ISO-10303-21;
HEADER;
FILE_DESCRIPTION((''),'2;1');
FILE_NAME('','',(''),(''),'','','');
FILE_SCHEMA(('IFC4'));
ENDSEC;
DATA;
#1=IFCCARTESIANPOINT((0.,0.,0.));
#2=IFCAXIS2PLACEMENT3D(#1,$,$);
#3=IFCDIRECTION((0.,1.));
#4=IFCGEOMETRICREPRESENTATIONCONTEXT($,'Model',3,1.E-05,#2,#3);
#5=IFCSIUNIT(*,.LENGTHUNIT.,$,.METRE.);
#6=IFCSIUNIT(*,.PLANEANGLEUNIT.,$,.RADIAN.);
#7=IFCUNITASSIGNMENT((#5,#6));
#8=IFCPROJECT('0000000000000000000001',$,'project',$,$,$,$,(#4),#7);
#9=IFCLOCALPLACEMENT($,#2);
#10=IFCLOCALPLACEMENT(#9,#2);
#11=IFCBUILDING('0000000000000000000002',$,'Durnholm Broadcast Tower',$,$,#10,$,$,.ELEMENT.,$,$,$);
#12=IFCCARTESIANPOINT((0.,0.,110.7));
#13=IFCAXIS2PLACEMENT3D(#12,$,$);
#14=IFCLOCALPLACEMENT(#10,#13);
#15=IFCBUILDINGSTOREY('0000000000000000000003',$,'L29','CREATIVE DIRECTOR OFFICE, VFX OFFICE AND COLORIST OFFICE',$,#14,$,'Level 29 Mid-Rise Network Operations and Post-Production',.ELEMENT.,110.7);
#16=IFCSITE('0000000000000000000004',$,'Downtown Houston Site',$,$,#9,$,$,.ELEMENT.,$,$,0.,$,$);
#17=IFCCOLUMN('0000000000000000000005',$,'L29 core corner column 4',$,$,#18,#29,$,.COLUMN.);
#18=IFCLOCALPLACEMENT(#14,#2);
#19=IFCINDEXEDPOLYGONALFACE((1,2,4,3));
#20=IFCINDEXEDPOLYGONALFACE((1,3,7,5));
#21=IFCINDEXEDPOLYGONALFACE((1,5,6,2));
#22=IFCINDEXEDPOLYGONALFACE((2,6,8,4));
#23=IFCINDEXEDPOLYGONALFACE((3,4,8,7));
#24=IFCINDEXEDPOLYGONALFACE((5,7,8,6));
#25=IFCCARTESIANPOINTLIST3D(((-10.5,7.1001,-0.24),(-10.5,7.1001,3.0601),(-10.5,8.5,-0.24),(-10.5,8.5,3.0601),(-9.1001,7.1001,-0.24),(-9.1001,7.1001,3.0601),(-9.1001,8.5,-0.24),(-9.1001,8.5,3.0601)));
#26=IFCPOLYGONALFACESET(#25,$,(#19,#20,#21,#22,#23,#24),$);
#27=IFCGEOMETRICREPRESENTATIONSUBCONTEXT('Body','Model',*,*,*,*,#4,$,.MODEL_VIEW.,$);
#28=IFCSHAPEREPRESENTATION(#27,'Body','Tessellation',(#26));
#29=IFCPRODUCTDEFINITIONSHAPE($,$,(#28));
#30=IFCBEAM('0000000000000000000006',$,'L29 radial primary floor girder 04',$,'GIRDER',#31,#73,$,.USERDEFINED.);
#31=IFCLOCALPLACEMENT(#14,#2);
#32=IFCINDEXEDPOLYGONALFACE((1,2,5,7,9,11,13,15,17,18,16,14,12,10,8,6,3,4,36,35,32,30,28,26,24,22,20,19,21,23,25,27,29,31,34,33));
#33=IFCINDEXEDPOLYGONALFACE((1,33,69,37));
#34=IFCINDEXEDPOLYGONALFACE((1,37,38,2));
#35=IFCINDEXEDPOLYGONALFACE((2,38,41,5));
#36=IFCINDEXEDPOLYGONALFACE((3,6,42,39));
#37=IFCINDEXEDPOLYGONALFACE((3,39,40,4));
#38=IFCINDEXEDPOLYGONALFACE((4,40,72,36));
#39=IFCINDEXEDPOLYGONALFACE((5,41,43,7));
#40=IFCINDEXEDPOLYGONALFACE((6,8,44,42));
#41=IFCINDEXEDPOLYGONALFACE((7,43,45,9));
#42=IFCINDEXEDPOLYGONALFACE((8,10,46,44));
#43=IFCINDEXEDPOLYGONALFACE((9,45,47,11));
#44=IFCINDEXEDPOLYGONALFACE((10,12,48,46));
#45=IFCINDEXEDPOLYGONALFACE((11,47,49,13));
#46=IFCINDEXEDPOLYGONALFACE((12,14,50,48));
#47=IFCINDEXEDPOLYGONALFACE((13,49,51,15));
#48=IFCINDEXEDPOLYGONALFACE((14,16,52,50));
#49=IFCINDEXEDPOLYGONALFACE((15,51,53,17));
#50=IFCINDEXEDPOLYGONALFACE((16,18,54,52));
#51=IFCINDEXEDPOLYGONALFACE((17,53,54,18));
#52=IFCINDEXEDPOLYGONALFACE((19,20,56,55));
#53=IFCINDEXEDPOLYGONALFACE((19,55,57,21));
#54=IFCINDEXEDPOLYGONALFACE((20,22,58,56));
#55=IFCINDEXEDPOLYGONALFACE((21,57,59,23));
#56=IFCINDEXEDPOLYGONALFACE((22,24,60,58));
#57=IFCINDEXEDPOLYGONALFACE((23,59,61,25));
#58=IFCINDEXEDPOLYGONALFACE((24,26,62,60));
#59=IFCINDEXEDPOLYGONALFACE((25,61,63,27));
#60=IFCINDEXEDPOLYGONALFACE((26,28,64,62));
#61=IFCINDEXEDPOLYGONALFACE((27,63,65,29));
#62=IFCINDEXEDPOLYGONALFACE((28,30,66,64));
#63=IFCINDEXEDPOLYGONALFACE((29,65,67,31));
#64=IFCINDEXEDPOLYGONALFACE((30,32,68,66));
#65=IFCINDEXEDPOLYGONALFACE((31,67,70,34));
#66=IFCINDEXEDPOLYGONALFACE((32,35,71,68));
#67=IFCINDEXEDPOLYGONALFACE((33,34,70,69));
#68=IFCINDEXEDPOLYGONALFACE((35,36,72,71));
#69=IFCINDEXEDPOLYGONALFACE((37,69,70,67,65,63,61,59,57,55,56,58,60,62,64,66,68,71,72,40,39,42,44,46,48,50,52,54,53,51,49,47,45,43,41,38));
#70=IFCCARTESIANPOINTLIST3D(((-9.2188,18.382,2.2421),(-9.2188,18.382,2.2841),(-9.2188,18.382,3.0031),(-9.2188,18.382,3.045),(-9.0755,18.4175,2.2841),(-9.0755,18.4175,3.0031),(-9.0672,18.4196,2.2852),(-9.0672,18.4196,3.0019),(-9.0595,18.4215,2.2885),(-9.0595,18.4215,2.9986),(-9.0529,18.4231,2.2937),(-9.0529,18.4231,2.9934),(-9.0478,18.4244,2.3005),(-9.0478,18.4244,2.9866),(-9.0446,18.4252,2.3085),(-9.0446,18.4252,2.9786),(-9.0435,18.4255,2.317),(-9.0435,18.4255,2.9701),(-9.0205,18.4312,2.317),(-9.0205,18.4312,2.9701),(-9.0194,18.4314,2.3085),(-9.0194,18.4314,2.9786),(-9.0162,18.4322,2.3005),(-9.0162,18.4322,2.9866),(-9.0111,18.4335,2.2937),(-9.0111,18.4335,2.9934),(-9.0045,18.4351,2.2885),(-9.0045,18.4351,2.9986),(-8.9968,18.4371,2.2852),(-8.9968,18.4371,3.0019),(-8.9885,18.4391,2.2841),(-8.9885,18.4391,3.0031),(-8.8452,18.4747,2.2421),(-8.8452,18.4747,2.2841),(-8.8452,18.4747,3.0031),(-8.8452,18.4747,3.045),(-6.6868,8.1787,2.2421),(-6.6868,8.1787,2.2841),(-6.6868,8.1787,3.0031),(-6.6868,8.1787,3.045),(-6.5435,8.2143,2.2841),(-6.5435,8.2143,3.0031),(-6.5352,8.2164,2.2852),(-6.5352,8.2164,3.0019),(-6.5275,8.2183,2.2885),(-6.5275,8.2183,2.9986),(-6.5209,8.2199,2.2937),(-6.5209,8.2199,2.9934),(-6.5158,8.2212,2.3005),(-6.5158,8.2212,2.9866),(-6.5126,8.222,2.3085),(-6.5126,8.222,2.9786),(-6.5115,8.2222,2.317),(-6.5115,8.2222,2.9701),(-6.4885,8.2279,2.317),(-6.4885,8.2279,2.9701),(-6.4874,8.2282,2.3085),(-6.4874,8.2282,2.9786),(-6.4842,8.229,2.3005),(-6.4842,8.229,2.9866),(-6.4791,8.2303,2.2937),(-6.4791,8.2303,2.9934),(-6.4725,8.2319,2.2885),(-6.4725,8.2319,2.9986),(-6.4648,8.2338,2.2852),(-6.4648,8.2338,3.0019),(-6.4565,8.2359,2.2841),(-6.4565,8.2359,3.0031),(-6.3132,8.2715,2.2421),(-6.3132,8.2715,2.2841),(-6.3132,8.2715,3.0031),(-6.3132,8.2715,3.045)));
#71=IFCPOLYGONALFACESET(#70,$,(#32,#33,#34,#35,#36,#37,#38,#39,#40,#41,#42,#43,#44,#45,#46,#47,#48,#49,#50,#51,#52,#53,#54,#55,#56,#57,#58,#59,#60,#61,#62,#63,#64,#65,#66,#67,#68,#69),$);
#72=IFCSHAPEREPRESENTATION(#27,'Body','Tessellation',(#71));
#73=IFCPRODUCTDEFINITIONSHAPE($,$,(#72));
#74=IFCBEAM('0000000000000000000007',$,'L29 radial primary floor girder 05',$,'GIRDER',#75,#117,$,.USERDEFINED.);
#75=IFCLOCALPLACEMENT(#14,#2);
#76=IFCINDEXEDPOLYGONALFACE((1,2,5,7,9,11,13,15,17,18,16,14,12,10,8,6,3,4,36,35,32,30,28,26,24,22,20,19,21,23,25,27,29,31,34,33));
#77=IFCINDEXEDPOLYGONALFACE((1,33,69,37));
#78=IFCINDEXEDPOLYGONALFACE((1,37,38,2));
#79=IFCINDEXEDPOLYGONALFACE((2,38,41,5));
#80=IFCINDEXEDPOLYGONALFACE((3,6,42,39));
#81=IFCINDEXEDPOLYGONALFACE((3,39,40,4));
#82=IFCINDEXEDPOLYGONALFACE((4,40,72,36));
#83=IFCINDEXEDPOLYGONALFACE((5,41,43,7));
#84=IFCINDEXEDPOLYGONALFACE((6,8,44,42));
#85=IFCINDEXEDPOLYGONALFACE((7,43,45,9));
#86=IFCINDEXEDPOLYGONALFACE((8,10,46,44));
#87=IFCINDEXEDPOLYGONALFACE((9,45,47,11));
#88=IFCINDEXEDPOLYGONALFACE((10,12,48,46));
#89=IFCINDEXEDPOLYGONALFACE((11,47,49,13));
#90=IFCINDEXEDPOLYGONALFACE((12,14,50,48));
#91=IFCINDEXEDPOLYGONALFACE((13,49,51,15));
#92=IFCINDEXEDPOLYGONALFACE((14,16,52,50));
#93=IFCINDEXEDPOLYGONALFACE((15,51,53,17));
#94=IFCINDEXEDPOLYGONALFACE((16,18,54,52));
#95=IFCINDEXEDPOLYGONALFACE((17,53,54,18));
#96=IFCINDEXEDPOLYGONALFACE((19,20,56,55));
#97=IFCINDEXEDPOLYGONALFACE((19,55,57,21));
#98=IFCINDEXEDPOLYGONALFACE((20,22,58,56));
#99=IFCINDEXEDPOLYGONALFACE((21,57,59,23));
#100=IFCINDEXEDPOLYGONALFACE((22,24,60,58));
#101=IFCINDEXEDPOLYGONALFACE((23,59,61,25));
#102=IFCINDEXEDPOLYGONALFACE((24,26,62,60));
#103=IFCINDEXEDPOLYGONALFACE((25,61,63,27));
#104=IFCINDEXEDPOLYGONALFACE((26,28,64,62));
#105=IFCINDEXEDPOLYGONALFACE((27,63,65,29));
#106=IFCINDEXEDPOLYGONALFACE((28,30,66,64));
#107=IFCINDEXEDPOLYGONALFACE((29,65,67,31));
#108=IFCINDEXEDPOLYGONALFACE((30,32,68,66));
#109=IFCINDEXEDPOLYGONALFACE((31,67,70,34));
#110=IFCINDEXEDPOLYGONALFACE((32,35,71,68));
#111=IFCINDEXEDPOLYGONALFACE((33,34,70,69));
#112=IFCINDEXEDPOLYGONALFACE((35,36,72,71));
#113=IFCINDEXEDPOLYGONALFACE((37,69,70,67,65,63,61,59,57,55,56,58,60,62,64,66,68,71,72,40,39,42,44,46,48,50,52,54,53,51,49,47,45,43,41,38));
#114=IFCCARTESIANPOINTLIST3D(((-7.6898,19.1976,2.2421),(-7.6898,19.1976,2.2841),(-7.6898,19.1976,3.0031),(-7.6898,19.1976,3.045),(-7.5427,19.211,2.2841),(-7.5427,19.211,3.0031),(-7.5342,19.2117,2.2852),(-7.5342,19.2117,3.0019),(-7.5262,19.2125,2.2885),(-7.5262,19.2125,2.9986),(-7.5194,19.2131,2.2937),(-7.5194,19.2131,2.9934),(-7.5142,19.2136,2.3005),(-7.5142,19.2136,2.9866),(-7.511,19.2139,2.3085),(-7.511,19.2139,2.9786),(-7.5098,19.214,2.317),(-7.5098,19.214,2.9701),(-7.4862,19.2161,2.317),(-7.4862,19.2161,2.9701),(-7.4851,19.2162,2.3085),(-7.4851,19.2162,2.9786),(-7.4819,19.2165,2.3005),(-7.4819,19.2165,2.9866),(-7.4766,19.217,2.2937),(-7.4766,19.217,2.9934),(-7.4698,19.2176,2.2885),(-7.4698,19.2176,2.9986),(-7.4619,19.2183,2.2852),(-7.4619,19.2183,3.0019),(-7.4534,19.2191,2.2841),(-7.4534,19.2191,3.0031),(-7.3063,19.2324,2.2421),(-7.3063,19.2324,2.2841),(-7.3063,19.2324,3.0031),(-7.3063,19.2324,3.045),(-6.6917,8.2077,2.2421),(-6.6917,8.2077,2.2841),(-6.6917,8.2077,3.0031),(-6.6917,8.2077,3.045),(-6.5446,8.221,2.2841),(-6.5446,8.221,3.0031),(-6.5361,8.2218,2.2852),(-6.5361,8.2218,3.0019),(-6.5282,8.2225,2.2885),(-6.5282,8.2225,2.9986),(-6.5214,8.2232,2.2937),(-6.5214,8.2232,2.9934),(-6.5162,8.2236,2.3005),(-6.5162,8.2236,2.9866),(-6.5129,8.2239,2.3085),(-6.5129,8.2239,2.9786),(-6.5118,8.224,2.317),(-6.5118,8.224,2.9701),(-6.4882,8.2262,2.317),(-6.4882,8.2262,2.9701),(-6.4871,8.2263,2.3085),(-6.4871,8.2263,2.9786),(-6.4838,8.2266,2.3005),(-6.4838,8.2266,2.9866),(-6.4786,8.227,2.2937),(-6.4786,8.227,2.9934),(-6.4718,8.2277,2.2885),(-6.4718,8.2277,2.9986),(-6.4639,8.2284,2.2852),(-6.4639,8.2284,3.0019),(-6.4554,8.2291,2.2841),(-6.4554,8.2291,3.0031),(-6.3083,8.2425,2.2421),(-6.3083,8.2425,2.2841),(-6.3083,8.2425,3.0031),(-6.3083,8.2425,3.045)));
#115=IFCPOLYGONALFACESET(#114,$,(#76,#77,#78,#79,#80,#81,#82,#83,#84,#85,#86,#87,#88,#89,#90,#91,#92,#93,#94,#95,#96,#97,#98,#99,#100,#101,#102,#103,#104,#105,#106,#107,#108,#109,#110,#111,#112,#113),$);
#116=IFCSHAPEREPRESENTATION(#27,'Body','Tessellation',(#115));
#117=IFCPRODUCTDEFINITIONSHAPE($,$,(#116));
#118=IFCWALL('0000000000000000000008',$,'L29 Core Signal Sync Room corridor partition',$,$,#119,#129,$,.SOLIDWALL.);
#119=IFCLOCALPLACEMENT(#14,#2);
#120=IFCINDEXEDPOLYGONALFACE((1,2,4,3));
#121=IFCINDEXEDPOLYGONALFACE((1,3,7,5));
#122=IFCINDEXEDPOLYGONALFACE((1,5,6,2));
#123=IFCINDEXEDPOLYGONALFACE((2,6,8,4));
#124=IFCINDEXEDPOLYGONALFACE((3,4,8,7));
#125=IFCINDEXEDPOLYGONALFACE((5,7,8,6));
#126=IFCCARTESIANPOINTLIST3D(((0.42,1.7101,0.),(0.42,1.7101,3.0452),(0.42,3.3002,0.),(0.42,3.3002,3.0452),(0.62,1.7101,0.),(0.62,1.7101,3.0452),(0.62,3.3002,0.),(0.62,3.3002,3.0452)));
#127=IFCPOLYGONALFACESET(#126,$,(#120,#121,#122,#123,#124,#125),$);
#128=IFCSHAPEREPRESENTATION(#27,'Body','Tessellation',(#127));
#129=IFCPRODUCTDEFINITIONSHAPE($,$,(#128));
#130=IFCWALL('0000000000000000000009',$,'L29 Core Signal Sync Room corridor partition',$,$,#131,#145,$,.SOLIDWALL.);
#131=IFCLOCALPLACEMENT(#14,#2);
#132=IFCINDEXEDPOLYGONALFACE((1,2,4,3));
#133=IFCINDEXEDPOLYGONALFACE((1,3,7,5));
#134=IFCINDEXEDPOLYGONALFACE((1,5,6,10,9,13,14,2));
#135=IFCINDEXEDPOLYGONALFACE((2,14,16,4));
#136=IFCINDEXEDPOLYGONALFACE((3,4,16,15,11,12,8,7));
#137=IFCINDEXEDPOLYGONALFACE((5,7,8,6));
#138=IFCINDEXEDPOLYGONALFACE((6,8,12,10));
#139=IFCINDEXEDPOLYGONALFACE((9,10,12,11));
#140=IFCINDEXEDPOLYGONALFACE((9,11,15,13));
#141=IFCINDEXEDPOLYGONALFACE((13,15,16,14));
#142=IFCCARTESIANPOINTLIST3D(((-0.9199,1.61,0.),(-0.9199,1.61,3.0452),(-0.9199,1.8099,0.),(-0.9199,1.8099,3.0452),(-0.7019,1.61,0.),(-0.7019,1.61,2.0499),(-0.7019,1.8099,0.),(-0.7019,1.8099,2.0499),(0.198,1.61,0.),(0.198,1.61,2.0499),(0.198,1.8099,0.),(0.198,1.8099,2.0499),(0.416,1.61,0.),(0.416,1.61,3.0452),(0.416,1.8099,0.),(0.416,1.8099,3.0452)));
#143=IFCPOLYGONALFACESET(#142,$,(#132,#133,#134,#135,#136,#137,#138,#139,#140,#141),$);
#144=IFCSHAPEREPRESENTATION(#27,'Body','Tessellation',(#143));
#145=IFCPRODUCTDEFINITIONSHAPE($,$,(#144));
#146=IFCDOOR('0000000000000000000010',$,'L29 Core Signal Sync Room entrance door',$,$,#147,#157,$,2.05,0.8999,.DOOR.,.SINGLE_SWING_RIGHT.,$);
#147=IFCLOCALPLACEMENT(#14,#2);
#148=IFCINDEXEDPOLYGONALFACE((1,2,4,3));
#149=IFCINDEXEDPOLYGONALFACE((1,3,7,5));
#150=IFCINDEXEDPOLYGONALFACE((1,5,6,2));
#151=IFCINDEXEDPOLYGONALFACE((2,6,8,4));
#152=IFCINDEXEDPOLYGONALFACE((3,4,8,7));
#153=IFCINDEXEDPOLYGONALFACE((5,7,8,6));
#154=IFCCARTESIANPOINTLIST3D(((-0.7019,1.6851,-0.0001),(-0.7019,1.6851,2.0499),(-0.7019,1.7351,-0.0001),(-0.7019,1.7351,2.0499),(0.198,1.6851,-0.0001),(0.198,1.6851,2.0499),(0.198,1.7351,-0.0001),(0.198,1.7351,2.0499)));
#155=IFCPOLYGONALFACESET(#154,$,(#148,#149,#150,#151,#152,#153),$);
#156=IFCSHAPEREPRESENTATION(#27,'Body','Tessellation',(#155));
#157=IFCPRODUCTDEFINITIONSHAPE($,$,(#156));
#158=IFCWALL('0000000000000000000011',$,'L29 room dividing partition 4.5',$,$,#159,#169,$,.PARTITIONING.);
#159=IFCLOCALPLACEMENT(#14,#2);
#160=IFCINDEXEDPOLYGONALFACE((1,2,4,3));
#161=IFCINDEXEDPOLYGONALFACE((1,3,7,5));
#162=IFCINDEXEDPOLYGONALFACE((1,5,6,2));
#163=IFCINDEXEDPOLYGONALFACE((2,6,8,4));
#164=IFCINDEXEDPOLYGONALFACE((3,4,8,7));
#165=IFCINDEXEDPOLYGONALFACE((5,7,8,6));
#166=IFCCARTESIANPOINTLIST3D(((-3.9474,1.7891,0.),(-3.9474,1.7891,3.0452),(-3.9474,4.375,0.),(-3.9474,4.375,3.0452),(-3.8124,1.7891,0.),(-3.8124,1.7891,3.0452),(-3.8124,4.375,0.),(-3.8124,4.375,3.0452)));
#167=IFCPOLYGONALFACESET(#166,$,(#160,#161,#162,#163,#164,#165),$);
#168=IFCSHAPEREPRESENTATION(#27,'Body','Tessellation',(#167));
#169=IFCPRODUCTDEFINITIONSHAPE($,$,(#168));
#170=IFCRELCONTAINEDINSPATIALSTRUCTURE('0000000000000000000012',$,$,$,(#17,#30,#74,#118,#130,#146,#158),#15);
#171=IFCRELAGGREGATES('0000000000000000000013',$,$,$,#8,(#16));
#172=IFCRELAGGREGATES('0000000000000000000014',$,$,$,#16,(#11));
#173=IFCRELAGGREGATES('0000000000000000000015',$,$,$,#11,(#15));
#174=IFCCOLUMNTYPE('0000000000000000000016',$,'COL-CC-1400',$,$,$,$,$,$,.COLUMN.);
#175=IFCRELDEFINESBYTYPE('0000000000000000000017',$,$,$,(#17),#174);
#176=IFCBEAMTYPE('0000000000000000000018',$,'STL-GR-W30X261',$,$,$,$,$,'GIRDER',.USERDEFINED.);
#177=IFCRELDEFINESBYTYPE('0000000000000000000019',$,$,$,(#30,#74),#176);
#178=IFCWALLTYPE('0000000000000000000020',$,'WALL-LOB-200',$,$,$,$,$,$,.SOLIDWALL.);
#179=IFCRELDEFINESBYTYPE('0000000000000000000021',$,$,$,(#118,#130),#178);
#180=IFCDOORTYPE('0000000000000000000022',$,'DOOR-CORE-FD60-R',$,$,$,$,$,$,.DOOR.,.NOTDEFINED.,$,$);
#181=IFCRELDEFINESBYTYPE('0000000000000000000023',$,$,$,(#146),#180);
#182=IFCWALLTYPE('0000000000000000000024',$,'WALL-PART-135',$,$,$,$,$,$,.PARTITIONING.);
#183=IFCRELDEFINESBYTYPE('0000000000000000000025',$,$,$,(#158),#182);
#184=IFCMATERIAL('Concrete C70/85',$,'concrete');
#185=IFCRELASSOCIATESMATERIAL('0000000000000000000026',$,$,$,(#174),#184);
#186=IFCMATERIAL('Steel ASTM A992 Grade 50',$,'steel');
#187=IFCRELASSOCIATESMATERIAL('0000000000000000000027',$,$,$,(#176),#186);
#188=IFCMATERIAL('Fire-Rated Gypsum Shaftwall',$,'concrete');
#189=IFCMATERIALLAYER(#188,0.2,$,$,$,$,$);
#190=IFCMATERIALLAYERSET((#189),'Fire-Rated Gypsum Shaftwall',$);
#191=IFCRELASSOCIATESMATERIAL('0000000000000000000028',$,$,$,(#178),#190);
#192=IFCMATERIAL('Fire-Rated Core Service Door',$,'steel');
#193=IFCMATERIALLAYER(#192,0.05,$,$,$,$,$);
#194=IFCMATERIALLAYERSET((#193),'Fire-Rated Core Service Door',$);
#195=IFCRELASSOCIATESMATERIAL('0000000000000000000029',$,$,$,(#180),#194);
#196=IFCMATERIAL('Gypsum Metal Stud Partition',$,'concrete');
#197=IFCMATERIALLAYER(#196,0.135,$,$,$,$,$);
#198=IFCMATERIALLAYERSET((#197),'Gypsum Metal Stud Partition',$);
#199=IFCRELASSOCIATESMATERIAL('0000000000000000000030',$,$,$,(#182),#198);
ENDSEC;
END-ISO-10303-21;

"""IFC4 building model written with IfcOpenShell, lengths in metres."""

from ifc_helpers import new_model, si_unit, direction, frame, frame_2d, origin, origin_2d, place, context, subcontext, project, spatial, rectangle, i_section, extrude, source, transform, mapped, material, layer, layer_set, material_profile, profile_set, type_object, type_shapes, element, fill, save


model = new_model("IFC4")

# Units and contexts
model_context = context("Model", 3, precision=1e-05, world=origin(), true_north=direction((0.0, 1.0)))
body_context = subcontext(model_context, "Body", "Model", "MODEL_VIEW")
ifc_project = project(units=[si_unit("LENGTHUNIT", "METRE"), si_unit("PLANEANGLEUNIT", "RADIAN")], contexts=[model_context])

# Site, building, storey
site_placement = place(None, origin())
site = spatial("IfcSite", under=ifc_project, at=site_placement, Name="Downtown Houston Site", CompositionType="ELEMENT", RefElevation=0.0)
building_placement = place(site_placement, origin())
building = spatial("IfcBuilding", under=site, at=building_placement, Name="Durnholm Broadcast Tower", CompositionType="ELEMENT")
storey_placement = place(building_placement, frame((0.0, 0.0, 110.7)))
storey = spatial("IfcBuildingStorey", under=building, at=storey_placement, Name="L29", Description="CREATIVE DIRECTOR OFFICE, VFX OFFICE AND COLORIST OFFICE", LongName="Level 29 Mid-Rise Network Operations and Post-Production", CompositionType="ELEMENT", Elevation=110.7)

# Column
ifc_material_1 = material(Name="Concrete C70/85", Category="concrete")
ifc_material_profile_1 = material_profile(ifc_material_1, rectangle(XDim=1.3999, YDim=1.3999, at=origin_2d()), Name="RC1400X1400")
ifc_profile_set_1 = profile_set([ifc_material_profile_1], Name="Concrete C70/85")
column_type = type_object("IfcColumnType", Name="COL-CC-1400", PredefinedType="COLUMN", material=ifc_profile_set_1)
shared_shape_1 = source(origin(), body_context, "Body", "SweptSolid", [
    extrude(rectangle(XDim=1.3999, YDim=1.3999, at=origin_2d()), origin(), (0.0, 0.0, 1.0), 3.3),
])
type_shapes(column_type, [shared_shape_1])
column_placement = place(storey_placement, frame((-9.8, 7.8, -0.24), z_axis=(0.0, 0.0, 1.0), x_axis=(1.0, 0.0, 0.0)))
element("IfcColumn", 1, at=column_placement, inside=storey, type_object=column_type, Name="L29 core corner column 4", PredefinedType="COLUMN", context=body_context, shape_type="MappedRepresentation", body=[
    mapped(shared_shape_1, transform((0.0, 0.0, 0.0), x_axis=(1.0, 0.0, 0.0), y_axis=(0.0, 1.0, 0.0), z_axis=(0.0, 0.0, 1.0), scale=1.0)),
])

# Beams
ifc_material_2 = material(Name="Steel ASTM A992 Grade 50", Category="steel")
ifc_material_profile_2 = material_profile(ifc_material_2, i_section(OverallWidth=0.385, OverallDepth=0.803, WebThickness=0.0237, FlangeThickness=0.042, FilletRadius=0.033, at=origin_2d()), Name="W30X261")
ifc_profile_set_2 = profile_set([ifc_material_profile_2], Name="Steel ASTM A992 Grade 50")
beam_type = type_object("IfcBeamType", Name="STL-GR-W30X261", ElementType="GIRDER", PredefinedType="USERDEFINED", material=ifc_profile_set_2)
shared_shape_2 = source(origin(), body_context, "Body", "SweptSolid", [
    extrude(i_section(OverallWidth=0.385, OverallDepth=0.803, WebThickness=0.0237, FlangeThickness=0.042, FilletRadius=0.033, at=origin_2d()), origin(), (0.0, 0.0, 1.0), 10.5127),
])
beam_1_placement = place(storey_placement, frame((-6.5, 8.2251, 2.6436), z_axis=(-0.240852, 0.970562, 0.0), x_axis=(-0.970562, -0.240852, 0.0)))
element("IfcBeam", 2, at=beam_1_placement, inside=storey, type_object=beam_type, Name="L29 radial primary floor girder 04", ObjectType="GIRDER", PredefinedType="USERDEFINED", context=body_context, shape_type="MappedRepresentation", body=[
    mapped(shared_shape_2, transform((0.0, 0.0, 0.0), x_axis=(1.0, 0.0, 0.0), y_axis=(0.0, 1.0, 0.0), z_axis=(0.0, 0.0, 1.0), scale=1.0)),
])
shared_shape_3 = source(origin(), body_context, "Body", "SweptSolid", [
    extrude(i_section(OverallWidth=0.385, OverallDepth=0.803, WebThickness=0.0237, FlangeThickness=0.042, FilletRadius=0.033, at=origin_2d()), origin(), (0.0, 0.0, 1.0), 11.0352),
])
type_shapes(beam_type, [shared_shape_2, shared_shape_3])
beam_2_placement = place(storey_placement, frame((-6.5, 8.2251, 2.6436), z_axis=(-0.090442, 0.995902, 0.0), x_axis=(-0.995902, -0.090442, 0.0)))
element("IfcBeam", 3, at=beam_2_placement, inside=storey, type_object=beam_type, Name="L29 radial primary floor girder 05", ObjectType="GIRDER", PredefinedType="USERDEFINED", context=body_context, shape_type="MappedRepresentation", body=[
    mapped(shared_shape_3, transform((0.0, 0.0, 0.0), x_axis=(1.0, 0.0, 0.0), y_axis=(0.0, 1.0, 0.0), z_axis=(0.0, 0.0, 1.0), scale=1.0)),
])

# Wall
ifc_material_3 = material(Name="Fire-Rated Gypsum Shaftwall", Category="concrete")
ifc_layer_1 = layer(ifc_material_3, 0.2)
ifc_layer_set_1 = layer_set([ifc_layer_1], Name="Fire-Rated Gypsum Shaftwall")
wall_type_1 = type_object("IfcWallType", Name="WALL-LOB-200", PredefinedType="SOLIDWALL", material=ifc_layer_set_1)
wall_1_placement = place(storey_placement, frame((0.52, 3.3, 0.0), z_axis=(0.0, 0.0, 1.0), x_axis=(0.0, -1.0, 0.0)))
element("IfcWall", 4, at=wall_1_placement, inside=storey, type_object=wall_type_1, Name="L29 Core Signal Sync Room corridor partition", PredefinedType="SOLIDWALL", context=body_context, shape_type="SweptSolid", body=[
    extrude(rectangle(XDim=1.5901, YDim=0.2, at=frame_2d((0.7949, 0.0))), origin(), (0.0, 0.0, 1.0), 3.0452),
])

# Wall, opening, door
wall_2_placement = place(storey_placement, frame((0.416, 1.71, 0.0), z_axis=(0.0, 0.0, 1.0), x_axis=(-1.0, 0.0, 0.0)))
wall_2 = element("IfcWall", 5, at=wall_2_placement, inside=storey, type_object=wall_type_1, Name="L29 Core Signal Sync Room corridor partition", PredefinedType="SOLIDWALL", context=body_context, shape_type="SweptSolid", body=[
    extrude(rectangle(XDim=1.3359, YDim=0.2, at=frame_2d((0.668, 0.0))), origin(), (0.0, 0.0, 1.0), 3.0452),
])
opening_1_placement = place(wall_2_placement, frame((0.218, 0.0, 0.0)))
opening_1 = element("IfcOpeningElement", 6, at=opening_1_placement, cuts=wall_2, PredefinedType="OPENING", context=body_context, shape_type="SweptSolid", body=[
    extrude(rectangle(XDim=0.8999, YDim=2.05, at=frame_2d((0.45, 1.0249))), frame((0.0, 0.1099, 0.0), z_axis=(0.0, -1.0, 0.0), x_axis=(1.0, 0.0, 0.0)), (0.0, 0.0, 1.0), 0.22),
])
ifc_material_4 = material(Name="Fire-Rated Core Service Door", Category="steel")
ifc_layer_2 = layer(ifc_material_4, 0.05)
ifc_layer_set_2 = layer_set([ifc_layer_2], Name="Fire-Rated Core Service Door")
door_type_1 = type_object("IfcDoorType", Name="DOOR-CORE-FD60-R", OperationType="NOTDEFINED", PredefinedType="DOOR", material=ifc_layer_set_2)
shared_shape_4 = source(origin(), body_context, "Body", "SweptSolid", [
    extrude(rectangle(XDim=0.8999, YDim=2.05, at=frame_2d((0.45, 1.0249))), frame((0.0, 0.0249, 0.0), z_axis=(0.0, -1.0, 0.0), x_axis=(1.0, 0.0, 0.0)), (0.0, 0.0, 1.0), 0.05),
])
type_shapes(door_type_1, [shared_shape_4])
door_1_placement = place(opening_1_placement, origin())
door_1 = element("IfcDoor", 7, at=door_1_placement, inside=storey, type_object=door_type_1, Name="L29 Core Signal Sync Room entrance door", OperationType="SINGLE_SWING_RIGHT", OverallHeight=2.05, OverallWidth=0.8999, PredefinedType="DOOR", context=body_context, shape_type="MappedRepresentation", body=[
    mapped(shared_shape_4, transform((0.0, 0.0, 0.0), x_axis=(1.0, 0.0, 0.0), y_axis=(0.0, 1.0, 0.0), z_axis=(0.0, 0.0, 1.0), scale=1.0)),
])
fill(opening_1, door_1)

# Wall
ifc_material_5 = material(Name="Gypsum Metal Stud Partition", Category="concrete")
ifc_layer_3 = layer(ifc_material_5, 0.135)
ifc_layer_set_3 = layer_set([ifc_layer_3], Name="Gypsum Metal Stud Partition")
wall_type_2 = type_object("IfcWallType", Name="WALL-PART-135", PredefinedType="PARTITIONING", material=ifc_layer_set_3)
for number, where, z_axis, x_axis, name in (
    (8, (-3.8799, 4.375, 0.0), (0.0, 0.0, 1.0), (0.0, -1.0, 0.0), "L29 room dividing partition 4.5"),
):
    element("IfcWall", number, at=place(storey_placement, frame(where, z_axis=z_axis, x_axis=x_axis)), inside=storey, type_object=wall_type_2, Name=name, PredefinedType="PARTITIONING", context=body_context, shape_type="SweptSolid", body=[
        extrude(rectangle(XDim=2.5859, YDim=0.135, at=frame_2d((1.293, 0.0))), origin(), (0.0, 0.0, 1.0), 3.0452),
    ])

save(model, "model.ifc")
